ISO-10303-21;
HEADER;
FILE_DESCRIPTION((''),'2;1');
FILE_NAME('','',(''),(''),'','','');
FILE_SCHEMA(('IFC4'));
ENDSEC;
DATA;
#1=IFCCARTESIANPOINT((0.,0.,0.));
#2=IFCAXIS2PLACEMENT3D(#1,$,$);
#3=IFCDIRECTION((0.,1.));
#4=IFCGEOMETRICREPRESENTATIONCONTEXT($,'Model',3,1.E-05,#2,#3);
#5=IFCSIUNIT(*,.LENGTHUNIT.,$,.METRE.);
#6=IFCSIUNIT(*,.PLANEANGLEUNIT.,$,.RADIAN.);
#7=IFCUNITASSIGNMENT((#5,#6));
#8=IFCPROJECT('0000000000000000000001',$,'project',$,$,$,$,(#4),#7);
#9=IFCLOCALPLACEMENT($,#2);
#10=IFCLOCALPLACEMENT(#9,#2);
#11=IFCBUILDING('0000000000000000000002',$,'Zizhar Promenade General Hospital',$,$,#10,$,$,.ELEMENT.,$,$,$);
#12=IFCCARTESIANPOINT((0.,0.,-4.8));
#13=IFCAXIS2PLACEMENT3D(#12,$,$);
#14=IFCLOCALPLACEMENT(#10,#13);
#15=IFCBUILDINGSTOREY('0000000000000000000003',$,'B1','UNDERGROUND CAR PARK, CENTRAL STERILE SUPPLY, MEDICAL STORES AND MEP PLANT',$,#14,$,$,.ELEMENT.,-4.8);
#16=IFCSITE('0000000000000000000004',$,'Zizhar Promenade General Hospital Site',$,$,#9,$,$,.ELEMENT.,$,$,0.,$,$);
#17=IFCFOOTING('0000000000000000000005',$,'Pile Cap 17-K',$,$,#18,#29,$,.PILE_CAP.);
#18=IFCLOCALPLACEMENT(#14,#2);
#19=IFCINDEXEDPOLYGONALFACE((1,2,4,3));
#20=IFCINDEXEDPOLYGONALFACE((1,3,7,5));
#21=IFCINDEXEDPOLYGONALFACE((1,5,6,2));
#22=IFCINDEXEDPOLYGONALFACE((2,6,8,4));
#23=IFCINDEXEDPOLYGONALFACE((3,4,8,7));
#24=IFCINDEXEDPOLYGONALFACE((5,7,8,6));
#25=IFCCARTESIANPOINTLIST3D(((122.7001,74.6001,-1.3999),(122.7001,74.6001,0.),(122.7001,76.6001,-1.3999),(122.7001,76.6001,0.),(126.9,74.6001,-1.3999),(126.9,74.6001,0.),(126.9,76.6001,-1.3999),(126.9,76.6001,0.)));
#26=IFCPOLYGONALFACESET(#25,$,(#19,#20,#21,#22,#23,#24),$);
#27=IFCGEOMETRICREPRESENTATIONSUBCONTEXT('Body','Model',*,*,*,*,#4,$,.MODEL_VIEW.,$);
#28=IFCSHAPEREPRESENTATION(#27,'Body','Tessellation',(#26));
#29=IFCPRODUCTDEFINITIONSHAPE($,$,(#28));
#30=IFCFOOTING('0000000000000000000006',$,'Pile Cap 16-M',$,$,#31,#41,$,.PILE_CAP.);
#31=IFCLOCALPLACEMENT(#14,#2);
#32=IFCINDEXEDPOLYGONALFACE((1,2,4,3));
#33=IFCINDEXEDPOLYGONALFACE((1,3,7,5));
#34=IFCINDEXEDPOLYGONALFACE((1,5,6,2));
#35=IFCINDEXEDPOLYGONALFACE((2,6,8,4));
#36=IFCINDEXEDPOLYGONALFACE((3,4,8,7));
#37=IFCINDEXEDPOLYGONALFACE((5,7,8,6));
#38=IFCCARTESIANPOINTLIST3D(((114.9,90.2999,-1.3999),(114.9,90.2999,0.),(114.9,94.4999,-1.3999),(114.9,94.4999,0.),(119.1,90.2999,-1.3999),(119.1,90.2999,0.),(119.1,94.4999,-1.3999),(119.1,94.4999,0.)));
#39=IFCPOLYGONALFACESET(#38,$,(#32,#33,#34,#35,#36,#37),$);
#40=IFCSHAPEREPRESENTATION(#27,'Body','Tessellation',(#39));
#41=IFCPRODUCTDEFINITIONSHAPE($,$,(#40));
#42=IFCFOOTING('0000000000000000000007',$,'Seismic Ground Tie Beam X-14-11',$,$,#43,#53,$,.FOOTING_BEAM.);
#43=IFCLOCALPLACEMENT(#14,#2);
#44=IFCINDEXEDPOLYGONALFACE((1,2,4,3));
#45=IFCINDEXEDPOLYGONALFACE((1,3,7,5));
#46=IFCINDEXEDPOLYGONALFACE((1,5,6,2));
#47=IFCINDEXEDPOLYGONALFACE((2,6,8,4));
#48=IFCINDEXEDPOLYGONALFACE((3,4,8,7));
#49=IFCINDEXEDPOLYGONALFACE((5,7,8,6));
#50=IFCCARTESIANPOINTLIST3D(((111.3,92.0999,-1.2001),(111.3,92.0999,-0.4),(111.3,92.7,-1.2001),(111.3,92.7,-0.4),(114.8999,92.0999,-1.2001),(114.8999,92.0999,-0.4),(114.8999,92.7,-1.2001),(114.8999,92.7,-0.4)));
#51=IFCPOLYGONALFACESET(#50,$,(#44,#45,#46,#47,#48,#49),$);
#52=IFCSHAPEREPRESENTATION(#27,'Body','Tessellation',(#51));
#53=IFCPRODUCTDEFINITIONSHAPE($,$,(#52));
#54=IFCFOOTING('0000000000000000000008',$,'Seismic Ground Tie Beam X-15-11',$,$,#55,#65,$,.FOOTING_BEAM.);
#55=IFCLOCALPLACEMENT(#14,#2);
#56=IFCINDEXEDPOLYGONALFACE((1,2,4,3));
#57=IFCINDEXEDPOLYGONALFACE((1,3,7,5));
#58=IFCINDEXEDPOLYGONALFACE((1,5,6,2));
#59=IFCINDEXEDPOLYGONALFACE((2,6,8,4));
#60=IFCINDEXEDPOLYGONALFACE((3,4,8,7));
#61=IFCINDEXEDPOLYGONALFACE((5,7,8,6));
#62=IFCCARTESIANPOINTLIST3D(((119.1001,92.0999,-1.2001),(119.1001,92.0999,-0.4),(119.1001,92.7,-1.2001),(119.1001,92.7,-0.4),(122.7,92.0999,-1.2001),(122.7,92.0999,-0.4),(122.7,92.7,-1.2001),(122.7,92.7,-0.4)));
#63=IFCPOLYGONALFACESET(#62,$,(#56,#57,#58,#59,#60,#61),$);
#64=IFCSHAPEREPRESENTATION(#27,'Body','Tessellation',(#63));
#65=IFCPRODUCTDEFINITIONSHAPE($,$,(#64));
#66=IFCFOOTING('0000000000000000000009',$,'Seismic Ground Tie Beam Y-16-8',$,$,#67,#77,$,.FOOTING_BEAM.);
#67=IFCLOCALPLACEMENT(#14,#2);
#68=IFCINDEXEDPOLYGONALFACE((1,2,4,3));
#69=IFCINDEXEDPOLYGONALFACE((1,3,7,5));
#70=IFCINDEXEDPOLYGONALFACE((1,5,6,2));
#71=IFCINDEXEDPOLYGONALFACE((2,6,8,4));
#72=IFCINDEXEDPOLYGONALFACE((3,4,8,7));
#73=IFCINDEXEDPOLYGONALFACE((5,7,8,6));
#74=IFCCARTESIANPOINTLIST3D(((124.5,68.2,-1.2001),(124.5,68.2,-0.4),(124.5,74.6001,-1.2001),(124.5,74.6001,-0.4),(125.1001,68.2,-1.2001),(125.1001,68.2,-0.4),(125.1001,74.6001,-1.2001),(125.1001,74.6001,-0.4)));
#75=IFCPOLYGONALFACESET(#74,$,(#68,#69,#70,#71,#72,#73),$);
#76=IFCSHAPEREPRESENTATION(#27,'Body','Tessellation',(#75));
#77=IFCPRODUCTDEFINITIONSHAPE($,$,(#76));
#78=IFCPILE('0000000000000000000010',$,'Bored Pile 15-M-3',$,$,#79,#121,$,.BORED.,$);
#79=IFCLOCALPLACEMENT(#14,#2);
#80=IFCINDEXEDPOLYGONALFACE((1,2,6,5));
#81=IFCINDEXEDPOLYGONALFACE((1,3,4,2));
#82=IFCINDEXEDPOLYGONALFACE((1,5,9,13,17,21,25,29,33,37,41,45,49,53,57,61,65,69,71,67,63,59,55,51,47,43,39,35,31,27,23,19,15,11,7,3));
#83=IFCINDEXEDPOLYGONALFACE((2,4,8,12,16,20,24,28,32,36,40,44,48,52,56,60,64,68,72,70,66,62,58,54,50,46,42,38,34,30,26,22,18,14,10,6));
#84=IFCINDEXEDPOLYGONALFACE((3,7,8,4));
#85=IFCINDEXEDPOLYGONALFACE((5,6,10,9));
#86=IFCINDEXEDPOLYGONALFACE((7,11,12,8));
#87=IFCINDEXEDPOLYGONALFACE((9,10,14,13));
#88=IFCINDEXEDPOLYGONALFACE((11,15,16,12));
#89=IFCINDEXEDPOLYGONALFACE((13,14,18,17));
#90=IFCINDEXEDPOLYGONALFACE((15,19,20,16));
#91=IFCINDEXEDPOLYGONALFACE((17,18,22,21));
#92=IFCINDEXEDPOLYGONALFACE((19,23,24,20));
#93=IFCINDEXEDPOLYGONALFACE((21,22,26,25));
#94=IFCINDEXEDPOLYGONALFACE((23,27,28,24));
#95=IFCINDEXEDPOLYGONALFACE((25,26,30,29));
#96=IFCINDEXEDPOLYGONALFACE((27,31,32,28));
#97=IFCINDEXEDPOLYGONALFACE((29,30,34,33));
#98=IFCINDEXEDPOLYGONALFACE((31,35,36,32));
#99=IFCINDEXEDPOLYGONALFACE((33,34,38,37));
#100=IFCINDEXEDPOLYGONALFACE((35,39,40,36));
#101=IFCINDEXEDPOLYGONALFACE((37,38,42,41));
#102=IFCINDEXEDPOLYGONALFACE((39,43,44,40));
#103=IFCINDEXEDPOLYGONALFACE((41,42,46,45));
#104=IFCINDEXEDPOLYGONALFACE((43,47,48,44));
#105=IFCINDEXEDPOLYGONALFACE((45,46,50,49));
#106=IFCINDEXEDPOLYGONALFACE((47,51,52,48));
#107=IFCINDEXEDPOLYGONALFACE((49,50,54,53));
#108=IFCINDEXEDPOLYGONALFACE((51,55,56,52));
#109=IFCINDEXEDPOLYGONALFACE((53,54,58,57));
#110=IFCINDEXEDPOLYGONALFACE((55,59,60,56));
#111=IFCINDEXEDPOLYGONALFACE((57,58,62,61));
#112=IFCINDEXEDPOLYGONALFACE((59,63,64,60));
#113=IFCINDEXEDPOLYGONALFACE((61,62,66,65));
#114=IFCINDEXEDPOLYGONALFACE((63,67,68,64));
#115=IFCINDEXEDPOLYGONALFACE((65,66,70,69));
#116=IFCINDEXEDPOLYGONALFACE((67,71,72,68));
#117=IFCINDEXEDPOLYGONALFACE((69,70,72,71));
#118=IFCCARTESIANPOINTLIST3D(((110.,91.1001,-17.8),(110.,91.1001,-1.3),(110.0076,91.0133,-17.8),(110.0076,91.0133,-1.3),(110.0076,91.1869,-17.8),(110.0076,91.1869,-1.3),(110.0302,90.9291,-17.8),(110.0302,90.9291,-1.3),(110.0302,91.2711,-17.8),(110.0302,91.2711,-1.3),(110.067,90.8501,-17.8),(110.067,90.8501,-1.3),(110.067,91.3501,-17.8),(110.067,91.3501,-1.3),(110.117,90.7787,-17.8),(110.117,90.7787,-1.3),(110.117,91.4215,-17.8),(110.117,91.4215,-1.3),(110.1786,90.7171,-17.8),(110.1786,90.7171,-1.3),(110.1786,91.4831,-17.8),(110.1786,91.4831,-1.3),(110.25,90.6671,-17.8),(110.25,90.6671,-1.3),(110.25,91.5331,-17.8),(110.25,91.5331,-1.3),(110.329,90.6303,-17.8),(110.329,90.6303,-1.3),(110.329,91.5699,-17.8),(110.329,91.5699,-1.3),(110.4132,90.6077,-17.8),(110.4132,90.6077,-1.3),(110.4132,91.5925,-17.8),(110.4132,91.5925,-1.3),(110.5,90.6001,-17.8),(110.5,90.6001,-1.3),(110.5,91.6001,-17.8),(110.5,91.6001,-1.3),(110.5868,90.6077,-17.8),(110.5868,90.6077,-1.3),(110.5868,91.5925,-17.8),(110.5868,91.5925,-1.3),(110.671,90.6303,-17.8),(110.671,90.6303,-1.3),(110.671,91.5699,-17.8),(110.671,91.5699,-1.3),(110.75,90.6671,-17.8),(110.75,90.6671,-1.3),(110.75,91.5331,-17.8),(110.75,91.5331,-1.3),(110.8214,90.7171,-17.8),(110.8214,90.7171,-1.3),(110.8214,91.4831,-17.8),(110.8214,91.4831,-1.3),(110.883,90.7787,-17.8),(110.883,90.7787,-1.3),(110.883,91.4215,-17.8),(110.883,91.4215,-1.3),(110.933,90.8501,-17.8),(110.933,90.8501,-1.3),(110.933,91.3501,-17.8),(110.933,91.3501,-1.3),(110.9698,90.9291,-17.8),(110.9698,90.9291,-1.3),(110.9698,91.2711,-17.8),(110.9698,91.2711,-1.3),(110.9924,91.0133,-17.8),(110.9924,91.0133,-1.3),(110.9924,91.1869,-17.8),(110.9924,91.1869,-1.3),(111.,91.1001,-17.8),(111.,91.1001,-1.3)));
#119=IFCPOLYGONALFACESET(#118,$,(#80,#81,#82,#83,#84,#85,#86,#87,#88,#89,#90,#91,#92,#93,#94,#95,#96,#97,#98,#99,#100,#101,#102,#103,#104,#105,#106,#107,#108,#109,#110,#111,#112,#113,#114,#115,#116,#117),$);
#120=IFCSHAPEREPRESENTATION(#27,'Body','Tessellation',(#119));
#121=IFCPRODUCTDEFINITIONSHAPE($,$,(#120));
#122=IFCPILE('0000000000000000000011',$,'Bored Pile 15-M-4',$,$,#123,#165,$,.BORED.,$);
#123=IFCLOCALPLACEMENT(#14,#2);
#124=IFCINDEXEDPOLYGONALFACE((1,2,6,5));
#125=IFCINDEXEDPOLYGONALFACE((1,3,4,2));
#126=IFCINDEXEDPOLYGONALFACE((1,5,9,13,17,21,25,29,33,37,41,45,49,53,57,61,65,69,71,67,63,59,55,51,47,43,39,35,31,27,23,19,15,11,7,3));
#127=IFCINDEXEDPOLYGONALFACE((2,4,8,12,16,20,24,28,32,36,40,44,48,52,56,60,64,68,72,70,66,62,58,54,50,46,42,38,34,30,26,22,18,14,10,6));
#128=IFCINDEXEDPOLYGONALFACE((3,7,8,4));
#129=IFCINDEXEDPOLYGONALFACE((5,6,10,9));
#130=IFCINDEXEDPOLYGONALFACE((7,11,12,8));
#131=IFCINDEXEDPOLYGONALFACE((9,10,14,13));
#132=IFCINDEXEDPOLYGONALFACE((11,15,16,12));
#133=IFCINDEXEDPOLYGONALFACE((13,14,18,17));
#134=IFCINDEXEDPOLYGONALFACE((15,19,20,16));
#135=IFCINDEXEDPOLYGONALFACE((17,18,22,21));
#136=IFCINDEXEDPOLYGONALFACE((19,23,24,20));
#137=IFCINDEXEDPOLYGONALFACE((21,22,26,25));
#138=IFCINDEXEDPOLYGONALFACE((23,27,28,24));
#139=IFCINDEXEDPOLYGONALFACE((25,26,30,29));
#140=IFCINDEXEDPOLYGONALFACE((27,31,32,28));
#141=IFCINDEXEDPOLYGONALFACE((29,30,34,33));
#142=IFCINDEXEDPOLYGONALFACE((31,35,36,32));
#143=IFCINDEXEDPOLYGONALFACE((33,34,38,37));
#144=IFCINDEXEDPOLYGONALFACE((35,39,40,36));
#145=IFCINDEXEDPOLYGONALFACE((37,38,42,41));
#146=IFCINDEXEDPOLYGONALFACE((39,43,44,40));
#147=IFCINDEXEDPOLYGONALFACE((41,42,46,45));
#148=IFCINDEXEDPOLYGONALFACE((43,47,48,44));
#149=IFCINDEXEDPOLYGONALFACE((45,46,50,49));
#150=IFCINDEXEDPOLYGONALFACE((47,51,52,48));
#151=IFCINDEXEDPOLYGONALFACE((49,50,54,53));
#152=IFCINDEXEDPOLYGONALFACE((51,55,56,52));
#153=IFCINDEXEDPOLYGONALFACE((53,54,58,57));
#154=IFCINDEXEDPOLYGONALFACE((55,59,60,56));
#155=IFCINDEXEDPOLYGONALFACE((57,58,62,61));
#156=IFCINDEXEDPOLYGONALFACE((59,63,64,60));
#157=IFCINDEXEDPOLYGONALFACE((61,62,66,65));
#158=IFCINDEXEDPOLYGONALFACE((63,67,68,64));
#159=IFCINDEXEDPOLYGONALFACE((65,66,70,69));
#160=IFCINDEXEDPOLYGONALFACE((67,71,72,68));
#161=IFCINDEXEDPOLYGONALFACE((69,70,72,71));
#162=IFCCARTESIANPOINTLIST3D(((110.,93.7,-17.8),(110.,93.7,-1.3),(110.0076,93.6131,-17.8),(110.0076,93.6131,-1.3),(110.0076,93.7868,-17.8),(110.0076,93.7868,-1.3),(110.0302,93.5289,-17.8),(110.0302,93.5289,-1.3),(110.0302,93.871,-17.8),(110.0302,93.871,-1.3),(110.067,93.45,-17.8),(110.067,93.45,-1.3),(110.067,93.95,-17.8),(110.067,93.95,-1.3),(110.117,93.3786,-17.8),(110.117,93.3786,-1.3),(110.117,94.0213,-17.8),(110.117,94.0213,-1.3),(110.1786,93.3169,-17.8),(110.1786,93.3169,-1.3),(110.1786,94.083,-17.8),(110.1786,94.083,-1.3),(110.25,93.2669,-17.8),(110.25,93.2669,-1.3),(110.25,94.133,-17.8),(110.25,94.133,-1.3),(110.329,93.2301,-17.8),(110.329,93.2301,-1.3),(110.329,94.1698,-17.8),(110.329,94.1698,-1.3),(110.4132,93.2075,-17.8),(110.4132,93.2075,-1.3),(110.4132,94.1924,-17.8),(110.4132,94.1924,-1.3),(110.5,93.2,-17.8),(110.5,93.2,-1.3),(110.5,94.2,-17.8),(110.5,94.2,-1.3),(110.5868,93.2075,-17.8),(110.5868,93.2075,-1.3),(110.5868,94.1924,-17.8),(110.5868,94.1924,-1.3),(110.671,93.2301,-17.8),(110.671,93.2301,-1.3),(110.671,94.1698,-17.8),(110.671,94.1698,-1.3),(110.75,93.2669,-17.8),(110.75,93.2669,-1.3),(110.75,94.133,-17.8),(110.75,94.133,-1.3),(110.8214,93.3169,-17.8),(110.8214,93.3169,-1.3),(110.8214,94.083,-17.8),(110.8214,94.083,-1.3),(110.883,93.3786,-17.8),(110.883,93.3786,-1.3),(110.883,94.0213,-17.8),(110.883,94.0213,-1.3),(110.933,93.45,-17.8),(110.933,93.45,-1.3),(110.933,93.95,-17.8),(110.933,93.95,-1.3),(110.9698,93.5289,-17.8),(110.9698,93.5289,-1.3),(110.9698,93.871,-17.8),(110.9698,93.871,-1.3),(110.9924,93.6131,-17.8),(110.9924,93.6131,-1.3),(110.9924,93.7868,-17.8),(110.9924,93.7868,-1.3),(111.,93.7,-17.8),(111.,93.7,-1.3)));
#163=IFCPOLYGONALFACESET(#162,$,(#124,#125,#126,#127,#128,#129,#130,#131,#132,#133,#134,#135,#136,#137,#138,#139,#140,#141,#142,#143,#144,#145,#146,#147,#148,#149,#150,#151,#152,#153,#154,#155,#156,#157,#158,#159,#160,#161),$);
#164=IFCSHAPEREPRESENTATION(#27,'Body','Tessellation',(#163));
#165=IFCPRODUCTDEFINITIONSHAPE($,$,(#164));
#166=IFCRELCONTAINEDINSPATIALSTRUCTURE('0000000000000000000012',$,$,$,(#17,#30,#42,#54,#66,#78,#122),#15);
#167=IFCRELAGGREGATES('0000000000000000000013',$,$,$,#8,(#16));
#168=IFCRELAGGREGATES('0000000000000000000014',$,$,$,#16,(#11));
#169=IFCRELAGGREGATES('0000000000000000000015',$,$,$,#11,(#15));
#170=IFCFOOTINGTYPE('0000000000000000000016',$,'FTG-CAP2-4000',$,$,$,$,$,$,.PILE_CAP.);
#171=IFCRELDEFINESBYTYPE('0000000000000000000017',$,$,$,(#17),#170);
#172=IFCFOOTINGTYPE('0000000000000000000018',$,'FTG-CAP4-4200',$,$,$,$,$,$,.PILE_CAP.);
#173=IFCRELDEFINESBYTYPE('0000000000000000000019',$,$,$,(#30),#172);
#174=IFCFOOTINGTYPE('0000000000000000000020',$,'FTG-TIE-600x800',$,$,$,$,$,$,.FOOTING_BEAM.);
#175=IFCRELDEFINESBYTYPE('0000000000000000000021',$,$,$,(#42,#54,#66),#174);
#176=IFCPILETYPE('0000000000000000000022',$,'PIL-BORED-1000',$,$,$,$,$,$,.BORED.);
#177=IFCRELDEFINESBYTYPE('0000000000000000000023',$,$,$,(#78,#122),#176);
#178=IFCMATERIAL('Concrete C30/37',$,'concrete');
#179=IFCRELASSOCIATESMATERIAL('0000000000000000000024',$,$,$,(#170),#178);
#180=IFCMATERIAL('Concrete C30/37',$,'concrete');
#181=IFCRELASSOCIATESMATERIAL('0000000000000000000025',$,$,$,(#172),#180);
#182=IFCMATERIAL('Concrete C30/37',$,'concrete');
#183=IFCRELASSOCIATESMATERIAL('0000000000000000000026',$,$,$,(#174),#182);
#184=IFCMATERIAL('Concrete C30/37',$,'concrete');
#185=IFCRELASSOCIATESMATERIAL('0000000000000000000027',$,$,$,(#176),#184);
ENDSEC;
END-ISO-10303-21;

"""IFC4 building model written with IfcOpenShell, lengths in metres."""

from ifc_helpers import new_model, si_unit, direction, frame, origin, origin_2d, place, context, subcontext, project, spatial, rectangle, circle, extrude, material, material_profile, profile_set, type_object, element, save


model = new_model("IFC4")

# Units and contexts
model_context = context("Model", 3, precision=1e-05, world=origin(), true_north=direction((0.0, 1.0)))
body_context = subcontext(model_context, "Body", "Model", "MODEL_VIEW")
ifc_project = project(units=[si_unit("LENGTHUNIT", "METRE"), si_unit("PLANEANGLEUNIT", "RADIAN")], contexts=[model_context])

# Site, building, storey
site_placement = place(None, origin())
site = spatial("IfcSite", under=ifc_project, at=site_placement, Name="Zizhar Promenade General Hospital Site", CompositionType="ELEMENT", RefElevation=0.0)
building_placement = place(site_placement, origin())
building = spatial("IfcBuilding", under=site, at=building_placement, Name="Zizhar Promenade General Hospital", CompositionType="ELEMENT")
storey_placement = place(building_placement, frame((0.0, 0.0, -4.8)))
storey = spatial("IfcBuildingStorey", under=building, at=storey_placement, Name="B1", Description="UNDERGROUND CAR PARK, CENTRAL STERILE SUPPLY, MEDICAL STORES AND MEP PLANT", CompositionType="ELEMENT", Elevation=-4.8)

# Footings
ifc_material_1 = material(Name="Concrete C30/37", Category="concrete")
footing_type_1 = type_object("IfcFootingType", Name="FTG-CAP2-4000", PredefinedType="PILE_CAP", material=ifc_material_1)
footing_1_placement = place(storey_placement, frame((124.8, 75.6001, -1.3999), z_axis=(0.0, 0.0, 1.0), x_axis=(1.0, 0.0, 0.0)))
element("IfcFooting", 1, at=footing_1_placement, inside=storey, type_object=footing_type_1, Name="Pile Cap 17-K", PredefinedType="PILE_CAP", context=body_context, shape_type="SweptSolid", body=[
    extrude(rectangle(XDim=4.2, YDim=2.0, at=origin_2d()), origin(), (0.0, 0.0, 1.0), 1.3999),
])
ifc_material_2 = material(Name="Concrete C30/37", Category="concrete")
footing_type_2 = type_object("IfcFootingType", Name="FTG-CAP4-4200", PredefinedType="PILE_CAP", material=ifc_material_2)
footing_2_placement = place(storey_placement, frame((117.0, 92.3999, -1.3999), z_axis=(0.0, 0.0, 1.0), x_axis=(1.0, 0.0, 0.0)))
element("IfcFooting", 2, at=footing_2_placement, inside=storey, type_object=footing_type_2, Name="Pile Cap 16-M", PredefinedType="PILE_CAP", context=body_context, shape_type="SweptSolid", body=[
    extrude(rectangle(XDim=4.2, YDim=4.2, at=origin_2d()), origin(), (0.0, 0.0, 1.0), 1.3999),
])
ifc_material_3 = material(Name="Concrete C30/37", Category="concrete")
ifc_material_profile_1 = material_profile(ifc_material_3, rectangle(XDim=0.6001, YDim=0.8, at=origin_2d()))
ifc_profile_set_1 = profile_set([ifc_material_profile_1], Name="Concrete C30/37")
footing_type_3 = type_object("IfcFootingType", Name="FTG-TIE-600x800", PredefinedType="FOOTING_BEAM", material=ifc_profile_set_1)
for number, where, z_axis, x_axis, name in (
    (3, (111.3, 92.3999, -0.8), (1.0, 0.0, 0.0), (0.0, 1.0, 0.0), "Seismic Ground Tie Beam X-14-11"),
    (4, (119.1001, 92.3999, -0.8), (1.0, 0.0, 0.0), (0.0, 1.0, 0.0), "Seismic Ground Tie Beam X-15-11"),
):
    element("IfcFooting", number, at=place(storey_placement, frame(where, z_axis=z_axis, x_axis=x_axis)), inside=storey, type_object=footing_type_3, Name=name, PredefinedType="FOOTING_BEAM", context=body_context, shape_type="SweptSolid", body=[
        extrude(rectangle(XDim=0.6001, YDim=0.8, at=origin_2d()), origin(), (0.0, 0.0, 1.0), 3.5999),
    ])
footing_3_placement = place(storey_placement, frame((124.8, 68.2, -0.8), z_axis=(0.0, 1.0, 0.0), x_axis=(-1.0, 0.0, 0.0)))
element("IfcFooting", 5, at=footing_3_placement, inside=storey, type_object=footing_type_3, Name="Seismic Ground Tie Beam Y-16-8", PredefinedType="FOOTING_BEAM", context=body_context, shape_type="SweptSolid", body=[
    extrude(rectangle(XDim=0.6001, YDim=0.8, at=origin_2d()), origin(), (0.0, 0.0, 1.0), 6.4001),
])

# Piles
ifc_material_4 = material(Name="Concrete C30/37", Category="concrete")
ifc_material_profile_2 = material_profile(ifc_material_4, circle(Radius=0.5, at=origin_2d()))
ifc_profile_set_2 = profile_set([ifc_material_profile_2], Name="Concrete C30/37")
pile_type = type_object("IfcPileType", Name="PIL-BORED-1000", PredefinedType="BORED", material=ifc_profile_set_2)
for number, where, z_axis, x_axis, name in (
    (6, (110.5, 91.1001, -1.3), (0.0, 0.0, -1.0), (1.0, 0.0, 0.0), "Bored Pile 15-M-3"),
    (7, (110.5, 93.7, -1.3), (0.0, 0.0, -1.0), (1.0, 0.0, 0.0), "Bored Pile 15-M-4"),
):
    element("IfcPile", number, at=place(storey_placement, frame(where, z_axis=z_axis, x_axis=x_axis)), inside=storey, type_object=pile_type, Name=name, PredefinedType="BORED", context=body_context, shape_type="SweptSolid", body=[
        extrude(circle(Radius=0.5, at=origin_2d()), origin(), (0.0, 0.0, 1.0), 16.5),
    ])

save(model, "model.ifc")
